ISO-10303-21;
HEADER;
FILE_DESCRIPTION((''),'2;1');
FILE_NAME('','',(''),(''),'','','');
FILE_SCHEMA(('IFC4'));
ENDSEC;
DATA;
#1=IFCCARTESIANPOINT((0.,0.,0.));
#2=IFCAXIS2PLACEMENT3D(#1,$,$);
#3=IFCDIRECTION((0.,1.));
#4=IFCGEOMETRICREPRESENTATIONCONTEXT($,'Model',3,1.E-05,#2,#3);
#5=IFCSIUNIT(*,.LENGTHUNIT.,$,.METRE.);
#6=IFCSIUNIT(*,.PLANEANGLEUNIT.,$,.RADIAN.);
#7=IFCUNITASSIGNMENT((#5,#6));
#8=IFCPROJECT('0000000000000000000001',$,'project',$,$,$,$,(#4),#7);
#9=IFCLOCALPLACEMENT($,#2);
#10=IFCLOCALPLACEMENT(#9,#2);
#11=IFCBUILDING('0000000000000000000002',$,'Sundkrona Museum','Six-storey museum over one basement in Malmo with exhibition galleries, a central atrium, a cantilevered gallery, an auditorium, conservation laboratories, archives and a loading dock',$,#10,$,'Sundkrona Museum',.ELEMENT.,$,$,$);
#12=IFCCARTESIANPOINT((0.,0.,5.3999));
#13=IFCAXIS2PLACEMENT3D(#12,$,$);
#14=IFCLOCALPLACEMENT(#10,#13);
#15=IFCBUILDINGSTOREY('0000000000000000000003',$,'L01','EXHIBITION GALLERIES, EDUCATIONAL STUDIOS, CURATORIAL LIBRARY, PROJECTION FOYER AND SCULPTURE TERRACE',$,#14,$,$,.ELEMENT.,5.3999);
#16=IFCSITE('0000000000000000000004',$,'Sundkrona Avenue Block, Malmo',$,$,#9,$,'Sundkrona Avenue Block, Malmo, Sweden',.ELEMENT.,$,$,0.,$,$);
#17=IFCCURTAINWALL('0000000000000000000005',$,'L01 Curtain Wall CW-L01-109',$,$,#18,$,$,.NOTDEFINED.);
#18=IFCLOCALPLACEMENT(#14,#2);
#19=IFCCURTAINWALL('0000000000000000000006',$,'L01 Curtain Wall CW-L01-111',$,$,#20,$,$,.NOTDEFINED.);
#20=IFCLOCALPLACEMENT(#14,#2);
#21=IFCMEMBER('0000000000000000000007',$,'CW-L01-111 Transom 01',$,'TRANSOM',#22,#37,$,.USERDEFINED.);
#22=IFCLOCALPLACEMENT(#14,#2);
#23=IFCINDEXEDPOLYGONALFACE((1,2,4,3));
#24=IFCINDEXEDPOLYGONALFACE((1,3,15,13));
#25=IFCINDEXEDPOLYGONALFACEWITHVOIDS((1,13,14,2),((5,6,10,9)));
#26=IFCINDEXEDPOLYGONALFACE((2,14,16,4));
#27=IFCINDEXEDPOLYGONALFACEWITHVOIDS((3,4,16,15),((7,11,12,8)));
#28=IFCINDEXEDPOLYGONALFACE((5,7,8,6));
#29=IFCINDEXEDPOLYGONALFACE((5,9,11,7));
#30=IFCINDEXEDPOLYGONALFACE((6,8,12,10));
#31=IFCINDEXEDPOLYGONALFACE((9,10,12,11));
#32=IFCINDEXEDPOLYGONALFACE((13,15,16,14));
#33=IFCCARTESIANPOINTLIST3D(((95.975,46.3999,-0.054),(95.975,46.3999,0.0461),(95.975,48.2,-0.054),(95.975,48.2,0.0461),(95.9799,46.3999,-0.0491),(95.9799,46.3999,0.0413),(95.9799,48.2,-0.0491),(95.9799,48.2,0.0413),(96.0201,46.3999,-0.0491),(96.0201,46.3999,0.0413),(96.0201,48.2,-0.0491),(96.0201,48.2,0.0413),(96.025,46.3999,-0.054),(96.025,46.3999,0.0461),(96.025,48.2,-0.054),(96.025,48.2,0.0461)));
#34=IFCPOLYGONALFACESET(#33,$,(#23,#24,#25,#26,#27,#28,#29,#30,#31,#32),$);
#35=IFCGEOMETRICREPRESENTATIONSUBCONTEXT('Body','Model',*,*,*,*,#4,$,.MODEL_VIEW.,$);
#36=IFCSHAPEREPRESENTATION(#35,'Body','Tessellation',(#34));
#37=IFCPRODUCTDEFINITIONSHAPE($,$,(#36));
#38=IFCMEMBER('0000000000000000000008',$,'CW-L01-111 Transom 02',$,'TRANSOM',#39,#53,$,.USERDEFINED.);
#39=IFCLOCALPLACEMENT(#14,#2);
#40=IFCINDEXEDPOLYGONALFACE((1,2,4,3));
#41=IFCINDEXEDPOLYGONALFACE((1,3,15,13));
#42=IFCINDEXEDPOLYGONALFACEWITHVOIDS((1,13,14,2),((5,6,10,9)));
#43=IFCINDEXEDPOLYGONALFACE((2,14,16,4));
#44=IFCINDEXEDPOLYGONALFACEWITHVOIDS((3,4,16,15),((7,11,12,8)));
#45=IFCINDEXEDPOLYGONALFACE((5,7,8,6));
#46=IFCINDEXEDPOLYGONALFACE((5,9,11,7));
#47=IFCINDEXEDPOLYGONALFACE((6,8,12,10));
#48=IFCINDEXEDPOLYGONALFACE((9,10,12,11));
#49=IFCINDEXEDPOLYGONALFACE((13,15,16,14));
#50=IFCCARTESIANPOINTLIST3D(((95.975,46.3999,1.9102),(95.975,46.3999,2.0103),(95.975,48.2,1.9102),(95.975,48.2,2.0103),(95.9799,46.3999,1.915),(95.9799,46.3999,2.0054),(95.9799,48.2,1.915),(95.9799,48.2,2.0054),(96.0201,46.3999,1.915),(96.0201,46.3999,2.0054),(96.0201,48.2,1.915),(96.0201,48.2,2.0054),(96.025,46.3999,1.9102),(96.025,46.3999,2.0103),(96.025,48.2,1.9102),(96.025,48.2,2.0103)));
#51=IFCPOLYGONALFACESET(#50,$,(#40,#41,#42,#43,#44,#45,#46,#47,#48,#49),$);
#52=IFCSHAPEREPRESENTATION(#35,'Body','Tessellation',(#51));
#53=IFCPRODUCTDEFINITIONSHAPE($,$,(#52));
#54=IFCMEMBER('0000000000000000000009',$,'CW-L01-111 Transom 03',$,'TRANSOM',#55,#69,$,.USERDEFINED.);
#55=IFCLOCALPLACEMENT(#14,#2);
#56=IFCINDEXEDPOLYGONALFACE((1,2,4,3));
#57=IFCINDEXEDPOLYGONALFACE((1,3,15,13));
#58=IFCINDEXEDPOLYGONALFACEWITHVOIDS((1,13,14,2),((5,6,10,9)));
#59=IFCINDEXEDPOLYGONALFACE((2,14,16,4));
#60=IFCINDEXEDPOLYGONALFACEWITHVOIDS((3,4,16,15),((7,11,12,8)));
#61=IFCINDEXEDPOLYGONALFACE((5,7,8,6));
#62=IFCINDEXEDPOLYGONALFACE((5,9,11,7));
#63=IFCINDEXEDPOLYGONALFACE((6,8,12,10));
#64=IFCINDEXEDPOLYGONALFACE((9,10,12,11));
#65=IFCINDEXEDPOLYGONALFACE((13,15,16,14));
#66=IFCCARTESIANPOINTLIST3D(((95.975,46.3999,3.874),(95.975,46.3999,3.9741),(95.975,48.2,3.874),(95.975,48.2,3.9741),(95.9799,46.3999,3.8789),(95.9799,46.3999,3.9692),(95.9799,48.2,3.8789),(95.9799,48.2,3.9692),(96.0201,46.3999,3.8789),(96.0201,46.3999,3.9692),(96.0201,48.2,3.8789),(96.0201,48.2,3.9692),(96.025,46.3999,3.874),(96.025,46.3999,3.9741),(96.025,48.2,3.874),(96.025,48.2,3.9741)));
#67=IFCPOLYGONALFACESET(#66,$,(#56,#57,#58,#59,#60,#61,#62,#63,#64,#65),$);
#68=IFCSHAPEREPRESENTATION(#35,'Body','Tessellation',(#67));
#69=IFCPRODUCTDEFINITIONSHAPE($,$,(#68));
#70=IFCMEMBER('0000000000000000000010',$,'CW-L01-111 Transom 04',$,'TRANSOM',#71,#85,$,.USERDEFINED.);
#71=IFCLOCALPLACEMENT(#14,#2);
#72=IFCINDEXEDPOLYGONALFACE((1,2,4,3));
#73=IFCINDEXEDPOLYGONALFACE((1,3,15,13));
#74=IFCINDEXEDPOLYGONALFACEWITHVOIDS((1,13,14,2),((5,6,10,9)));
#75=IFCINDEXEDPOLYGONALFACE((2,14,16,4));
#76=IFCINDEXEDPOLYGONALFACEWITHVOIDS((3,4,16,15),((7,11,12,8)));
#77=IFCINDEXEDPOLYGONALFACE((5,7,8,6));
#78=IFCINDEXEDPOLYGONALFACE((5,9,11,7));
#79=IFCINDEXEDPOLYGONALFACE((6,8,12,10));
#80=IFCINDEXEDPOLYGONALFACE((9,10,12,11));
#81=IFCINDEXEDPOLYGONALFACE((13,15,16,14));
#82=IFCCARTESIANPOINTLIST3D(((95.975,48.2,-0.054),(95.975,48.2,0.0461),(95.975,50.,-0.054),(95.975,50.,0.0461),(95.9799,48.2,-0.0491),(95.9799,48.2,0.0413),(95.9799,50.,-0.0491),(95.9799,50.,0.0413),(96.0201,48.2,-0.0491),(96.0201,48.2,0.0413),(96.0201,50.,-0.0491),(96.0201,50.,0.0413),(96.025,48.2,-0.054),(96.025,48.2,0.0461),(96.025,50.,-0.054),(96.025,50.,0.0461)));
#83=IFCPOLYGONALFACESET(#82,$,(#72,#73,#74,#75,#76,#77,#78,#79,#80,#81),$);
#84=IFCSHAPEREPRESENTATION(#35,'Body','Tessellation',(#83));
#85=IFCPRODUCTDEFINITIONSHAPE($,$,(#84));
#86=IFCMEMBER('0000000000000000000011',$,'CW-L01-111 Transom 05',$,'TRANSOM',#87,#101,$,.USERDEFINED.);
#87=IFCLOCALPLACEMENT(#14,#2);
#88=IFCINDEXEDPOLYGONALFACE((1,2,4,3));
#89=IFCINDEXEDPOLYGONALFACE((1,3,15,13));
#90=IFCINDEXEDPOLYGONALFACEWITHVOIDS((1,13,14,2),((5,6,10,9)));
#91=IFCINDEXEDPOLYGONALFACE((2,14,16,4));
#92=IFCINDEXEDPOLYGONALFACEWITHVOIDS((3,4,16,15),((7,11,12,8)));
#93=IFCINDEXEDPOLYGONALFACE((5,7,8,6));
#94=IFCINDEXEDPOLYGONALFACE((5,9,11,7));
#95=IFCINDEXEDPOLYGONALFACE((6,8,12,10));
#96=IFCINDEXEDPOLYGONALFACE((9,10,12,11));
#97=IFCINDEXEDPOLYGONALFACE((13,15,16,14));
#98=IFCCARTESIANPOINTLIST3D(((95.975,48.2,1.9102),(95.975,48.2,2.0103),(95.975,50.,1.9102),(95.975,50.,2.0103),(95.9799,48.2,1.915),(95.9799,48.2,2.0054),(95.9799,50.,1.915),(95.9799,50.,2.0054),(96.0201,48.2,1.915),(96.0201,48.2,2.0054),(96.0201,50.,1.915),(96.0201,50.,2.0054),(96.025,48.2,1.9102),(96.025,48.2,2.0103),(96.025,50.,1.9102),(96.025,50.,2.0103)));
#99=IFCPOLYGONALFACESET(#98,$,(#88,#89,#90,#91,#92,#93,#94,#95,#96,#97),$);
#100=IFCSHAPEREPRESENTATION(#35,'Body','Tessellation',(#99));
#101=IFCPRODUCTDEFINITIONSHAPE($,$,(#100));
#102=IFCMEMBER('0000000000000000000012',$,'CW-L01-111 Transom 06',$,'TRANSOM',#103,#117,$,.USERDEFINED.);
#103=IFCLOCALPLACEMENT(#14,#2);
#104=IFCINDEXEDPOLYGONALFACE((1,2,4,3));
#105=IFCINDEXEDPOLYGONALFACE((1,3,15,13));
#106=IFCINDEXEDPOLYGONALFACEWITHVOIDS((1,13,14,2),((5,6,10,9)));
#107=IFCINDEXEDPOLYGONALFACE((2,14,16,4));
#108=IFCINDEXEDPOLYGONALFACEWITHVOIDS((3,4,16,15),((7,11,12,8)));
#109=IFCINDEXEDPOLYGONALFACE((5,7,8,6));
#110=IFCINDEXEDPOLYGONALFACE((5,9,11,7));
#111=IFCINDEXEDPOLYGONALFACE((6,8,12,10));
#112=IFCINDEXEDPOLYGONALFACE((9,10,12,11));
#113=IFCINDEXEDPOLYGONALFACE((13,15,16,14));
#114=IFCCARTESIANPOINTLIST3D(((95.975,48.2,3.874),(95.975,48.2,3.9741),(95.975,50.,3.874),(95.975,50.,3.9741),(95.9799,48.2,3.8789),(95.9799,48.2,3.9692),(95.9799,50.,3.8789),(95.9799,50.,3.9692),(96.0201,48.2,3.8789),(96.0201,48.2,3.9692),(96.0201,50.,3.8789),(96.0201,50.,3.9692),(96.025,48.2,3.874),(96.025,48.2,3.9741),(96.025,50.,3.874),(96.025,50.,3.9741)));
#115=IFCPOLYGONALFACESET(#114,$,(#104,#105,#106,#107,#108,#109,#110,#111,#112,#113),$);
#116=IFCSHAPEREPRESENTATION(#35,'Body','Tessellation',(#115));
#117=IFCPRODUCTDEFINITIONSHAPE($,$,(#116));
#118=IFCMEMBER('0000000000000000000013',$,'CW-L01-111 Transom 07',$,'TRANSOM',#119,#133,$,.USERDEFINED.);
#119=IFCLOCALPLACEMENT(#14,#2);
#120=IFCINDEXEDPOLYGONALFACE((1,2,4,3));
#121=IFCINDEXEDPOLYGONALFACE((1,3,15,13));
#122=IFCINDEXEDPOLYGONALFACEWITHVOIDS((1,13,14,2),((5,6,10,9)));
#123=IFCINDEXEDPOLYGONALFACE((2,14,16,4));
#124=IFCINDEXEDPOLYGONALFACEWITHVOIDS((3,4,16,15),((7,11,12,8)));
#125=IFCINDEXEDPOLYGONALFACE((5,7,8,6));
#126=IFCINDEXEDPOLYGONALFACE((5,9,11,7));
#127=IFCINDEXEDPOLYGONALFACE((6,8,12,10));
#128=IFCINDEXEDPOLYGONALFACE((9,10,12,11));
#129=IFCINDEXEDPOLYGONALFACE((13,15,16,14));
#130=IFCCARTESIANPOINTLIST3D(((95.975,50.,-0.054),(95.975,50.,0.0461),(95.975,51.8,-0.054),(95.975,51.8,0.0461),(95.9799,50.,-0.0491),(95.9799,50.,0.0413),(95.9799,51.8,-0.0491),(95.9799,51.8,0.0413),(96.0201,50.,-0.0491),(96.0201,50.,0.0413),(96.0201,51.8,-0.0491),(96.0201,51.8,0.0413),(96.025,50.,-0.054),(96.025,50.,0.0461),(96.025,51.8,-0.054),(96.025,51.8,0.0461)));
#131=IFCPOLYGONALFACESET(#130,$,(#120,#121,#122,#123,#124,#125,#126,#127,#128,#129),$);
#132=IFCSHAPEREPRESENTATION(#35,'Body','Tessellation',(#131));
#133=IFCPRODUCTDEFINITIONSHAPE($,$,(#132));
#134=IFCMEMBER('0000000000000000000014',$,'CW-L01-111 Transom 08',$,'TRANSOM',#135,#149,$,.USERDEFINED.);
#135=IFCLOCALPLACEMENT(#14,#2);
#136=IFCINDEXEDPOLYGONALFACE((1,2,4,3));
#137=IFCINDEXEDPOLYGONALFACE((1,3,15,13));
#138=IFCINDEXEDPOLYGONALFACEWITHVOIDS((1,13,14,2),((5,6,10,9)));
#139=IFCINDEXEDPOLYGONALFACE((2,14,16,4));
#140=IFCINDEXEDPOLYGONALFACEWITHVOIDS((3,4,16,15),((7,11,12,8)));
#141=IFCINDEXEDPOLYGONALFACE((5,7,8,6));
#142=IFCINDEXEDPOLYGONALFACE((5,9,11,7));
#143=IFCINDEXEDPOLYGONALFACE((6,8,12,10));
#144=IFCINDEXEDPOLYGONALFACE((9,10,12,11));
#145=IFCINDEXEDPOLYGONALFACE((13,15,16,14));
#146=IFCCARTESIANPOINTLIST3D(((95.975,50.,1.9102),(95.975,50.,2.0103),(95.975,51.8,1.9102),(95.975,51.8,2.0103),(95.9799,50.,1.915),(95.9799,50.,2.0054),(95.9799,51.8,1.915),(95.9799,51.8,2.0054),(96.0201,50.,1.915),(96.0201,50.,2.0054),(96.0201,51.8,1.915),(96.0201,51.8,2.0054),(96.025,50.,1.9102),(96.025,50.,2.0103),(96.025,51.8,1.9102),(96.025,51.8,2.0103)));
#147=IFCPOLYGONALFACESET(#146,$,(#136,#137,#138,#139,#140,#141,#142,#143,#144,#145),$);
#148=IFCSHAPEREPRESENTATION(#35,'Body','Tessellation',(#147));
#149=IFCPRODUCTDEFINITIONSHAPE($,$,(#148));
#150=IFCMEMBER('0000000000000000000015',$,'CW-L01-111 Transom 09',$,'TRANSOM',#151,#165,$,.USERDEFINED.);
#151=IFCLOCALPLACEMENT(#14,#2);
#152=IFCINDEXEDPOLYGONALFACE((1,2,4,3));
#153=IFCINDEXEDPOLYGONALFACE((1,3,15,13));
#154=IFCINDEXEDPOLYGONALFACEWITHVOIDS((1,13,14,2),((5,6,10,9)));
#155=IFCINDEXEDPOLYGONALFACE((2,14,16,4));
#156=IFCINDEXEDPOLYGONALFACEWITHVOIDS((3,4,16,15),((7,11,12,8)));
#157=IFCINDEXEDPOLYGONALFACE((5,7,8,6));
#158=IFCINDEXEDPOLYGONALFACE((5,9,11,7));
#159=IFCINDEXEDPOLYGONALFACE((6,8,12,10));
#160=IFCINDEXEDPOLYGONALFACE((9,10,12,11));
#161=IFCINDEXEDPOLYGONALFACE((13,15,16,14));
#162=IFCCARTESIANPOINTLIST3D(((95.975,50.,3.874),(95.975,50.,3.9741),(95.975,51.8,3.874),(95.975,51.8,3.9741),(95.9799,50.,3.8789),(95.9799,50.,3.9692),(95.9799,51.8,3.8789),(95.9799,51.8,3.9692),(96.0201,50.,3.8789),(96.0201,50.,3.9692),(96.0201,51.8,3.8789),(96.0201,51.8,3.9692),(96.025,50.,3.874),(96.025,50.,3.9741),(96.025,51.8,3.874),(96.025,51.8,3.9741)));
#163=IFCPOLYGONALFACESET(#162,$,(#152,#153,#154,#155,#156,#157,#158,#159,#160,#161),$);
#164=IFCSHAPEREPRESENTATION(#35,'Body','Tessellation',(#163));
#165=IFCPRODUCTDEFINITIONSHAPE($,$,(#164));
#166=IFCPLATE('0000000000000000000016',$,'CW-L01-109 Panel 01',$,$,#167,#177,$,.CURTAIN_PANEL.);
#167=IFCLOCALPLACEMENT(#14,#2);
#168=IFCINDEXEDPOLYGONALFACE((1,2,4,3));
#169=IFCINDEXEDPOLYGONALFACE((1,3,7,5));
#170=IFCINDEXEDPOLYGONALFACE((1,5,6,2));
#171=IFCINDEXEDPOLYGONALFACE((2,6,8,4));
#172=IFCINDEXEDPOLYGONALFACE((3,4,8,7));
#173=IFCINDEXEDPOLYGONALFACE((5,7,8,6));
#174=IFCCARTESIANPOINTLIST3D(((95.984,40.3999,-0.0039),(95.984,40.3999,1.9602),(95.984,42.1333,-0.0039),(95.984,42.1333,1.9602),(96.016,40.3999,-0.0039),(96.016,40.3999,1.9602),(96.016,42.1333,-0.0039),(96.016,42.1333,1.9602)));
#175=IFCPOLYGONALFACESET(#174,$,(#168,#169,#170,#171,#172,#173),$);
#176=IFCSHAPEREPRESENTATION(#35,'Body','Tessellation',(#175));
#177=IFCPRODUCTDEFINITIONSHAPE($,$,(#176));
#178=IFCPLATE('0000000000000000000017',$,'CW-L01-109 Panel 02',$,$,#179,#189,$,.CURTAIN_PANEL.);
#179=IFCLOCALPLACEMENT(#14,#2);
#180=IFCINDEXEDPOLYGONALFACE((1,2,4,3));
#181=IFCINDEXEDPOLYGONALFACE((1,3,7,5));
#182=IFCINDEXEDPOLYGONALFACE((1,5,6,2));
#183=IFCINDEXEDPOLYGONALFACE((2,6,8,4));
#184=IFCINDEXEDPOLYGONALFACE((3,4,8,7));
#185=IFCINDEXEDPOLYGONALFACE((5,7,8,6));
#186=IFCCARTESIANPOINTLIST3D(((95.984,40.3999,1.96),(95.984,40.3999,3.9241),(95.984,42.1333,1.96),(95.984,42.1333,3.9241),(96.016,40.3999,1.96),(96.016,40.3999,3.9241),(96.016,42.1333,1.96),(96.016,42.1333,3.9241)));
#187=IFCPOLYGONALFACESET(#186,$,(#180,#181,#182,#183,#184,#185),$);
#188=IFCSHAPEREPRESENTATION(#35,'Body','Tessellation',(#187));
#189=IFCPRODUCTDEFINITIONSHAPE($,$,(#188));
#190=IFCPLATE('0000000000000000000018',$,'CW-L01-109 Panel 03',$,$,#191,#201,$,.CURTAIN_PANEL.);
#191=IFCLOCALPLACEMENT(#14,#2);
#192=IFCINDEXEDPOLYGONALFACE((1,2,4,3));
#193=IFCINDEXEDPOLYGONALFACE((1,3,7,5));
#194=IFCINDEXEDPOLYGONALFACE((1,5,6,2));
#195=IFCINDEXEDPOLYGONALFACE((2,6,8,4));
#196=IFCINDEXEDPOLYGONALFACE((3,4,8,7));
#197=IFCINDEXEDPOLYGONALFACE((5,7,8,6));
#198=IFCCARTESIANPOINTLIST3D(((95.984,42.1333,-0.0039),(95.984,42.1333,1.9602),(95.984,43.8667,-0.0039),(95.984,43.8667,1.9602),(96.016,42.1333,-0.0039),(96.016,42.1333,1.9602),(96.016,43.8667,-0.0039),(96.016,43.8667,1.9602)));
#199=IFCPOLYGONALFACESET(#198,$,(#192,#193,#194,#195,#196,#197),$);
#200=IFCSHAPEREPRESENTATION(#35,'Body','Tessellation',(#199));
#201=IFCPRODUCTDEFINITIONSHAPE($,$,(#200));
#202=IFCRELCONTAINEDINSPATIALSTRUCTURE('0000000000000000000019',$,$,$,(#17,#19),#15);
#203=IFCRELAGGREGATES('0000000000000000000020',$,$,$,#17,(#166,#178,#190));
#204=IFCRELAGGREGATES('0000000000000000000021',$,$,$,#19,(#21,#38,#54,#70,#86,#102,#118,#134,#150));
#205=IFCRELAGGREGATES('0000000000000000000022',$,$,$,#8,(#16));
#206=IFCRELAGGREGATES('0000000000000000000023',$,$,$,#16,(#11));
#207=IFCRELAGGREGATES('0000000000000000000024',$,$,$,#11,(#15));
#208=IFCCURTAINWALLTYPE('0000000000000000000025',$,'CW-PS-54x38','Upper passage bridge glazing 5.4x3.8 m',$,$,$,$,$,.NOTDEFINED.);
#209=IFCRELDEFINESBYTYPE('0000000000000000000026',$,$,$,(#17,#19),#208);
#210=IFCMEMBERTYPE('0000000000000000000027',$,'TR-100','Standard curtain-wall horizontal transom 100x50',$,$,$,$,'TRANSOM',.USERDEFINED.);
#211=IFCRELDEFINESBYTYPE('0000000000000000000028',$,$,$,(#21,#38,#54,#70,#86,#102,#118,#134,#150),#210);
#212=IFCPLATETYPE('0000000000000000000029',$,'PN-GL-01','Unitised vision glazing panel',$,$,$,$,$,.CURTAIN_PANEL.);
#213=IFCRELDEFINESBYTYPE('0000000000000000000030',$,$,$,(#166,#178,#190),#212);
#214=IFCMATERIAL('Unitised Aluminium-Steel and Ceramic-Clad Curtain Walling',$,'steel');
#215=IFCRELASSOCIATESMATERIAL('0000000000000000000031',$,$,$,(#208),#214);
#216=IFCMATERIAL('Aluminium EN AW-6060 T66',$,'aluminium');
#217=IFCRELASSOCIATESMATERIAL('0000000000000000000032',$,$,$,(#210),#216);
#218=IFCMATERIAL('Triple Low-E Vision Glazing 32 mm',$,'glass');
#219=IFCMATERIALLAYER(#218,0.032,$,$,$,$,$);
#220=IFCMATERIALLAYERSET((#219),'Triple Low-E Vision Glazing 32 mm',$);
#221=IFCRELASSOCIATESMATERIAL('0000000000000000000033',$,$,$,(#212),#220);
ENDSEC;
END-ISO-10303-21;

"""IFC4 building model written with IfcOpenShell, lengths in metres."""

from ifc_helpers import new_model, si_unit, direction, frame, origin, origin_2d, place, context, subcontext, project, spatial, rectangle, hollow_rectangle, extrude, material, layer, layer_set, material_profile, profile_set, type_object, element, aggregate, save


model = new_model("IFC4")

# Units and contexts
model_context = context("Model", 3, precision=1e-05, world=origin(), true_north=direction((0.0, 1.0)))
body_context = subcontext(model_context, "Body", "Model", "MODEL_VIEW")
ifc_project = project(units=[si_unit("LENGTHUNIT", "METRE"), si_unit("PLANEANGLEUNIT", "RADIAN")], contexts=[model_context])

# Site, building, storey
site_placement = place(None, origin())
site = spatial("IfcSite", under=ifc_project, at=site_placement, Name="Sundkrona Avenue Block, Malmo", LongName="Sundkrona Avenue Block, Malmo, Sweden", CompositionType="ELEMENT", RefElevation=0.0)
building_placement = place(site_placement, origin())
building = spatial("IfcBuilding", under=site, at=building_placement, Name="Sundkrona Museum", Description="Six-storey museum over one basement in Malmo with exhibition galleries, a central atrium, a cantilevered gallery, an auditorium, conservation laboratories, archives and a loading dock", LongName="Sundkrona Museum", CompositionType="ELEMENT")
storey_placement = place(building_placement, frame((0.0, 0.0, 5.3999)))
storey = spatial("IfcBuildingStorey", under=building, at=storey_placement, Name="L01", Description="EXHIBITION GALLERIES, EDUCATIONAL STUDIOS, CURATORIAL LIBRARY, PROJECTION FOYER AND SCULPTURE TERRACE", CompositionType="ELEMENT", Elevation=5.3999)

# Curtain walls
ifc_material_1 = material(Name="Unitised Aluminium-Steel and Ceramic-Clad Curtain Walling", Category="steel")
curtain_wall_type = type_object("IfcCurtainWallType", Name="CW-PS-54x38", Description="Upper passage bridge glazing 5.4x3.8 m", PredefinedType="NOTDEFINED", material=ifc_material_1)
curtain_wall_1_placement = place(storey_placement, origin())
curtain_wall_1 = element("IfcCurtainWall", 1, at=curtain_wall_1_placement, inside=storey, type_object=curtain_wall_type, Name="L01 Curtain Wall CW-L01-109", PredefinedType="NOTDEFINED")
ifc_material_2 = material(Name="Aluminium EN AW-6060 T66", Category="aluminium")
curtain_wall_2_placement = place(storey_placement, origin())
curtain_wall_2 = element("IfcCurtainWall", 2, at=curtain_wall_2_placement, inside=storey, type_object=curtain_wall_type, Name="L01 Curtain Wall CW-L01-111", PredefinedType="NOTDEFINED")

# Members
ifc_material_profile_1 = material_profile(ifc_material_2, hollow_rectangle(XDim=0.05, YDim=0.1001, WallThickness=0.0049, at=origin_2d()), Name="RHS 100x50x5.0")
ifc_profile_set_1 = profile_set([ifc_material_profile_1], Name="Aluminium EN AW-6060 T66")
member_type_1 = type_object("IfcMemberType", Name="TR-100", Description="Standard curtain-wall horizontal transom 100x50", ElementType="TRANSOM", PredefinedType="USERDEFINED", material=ifc_profile_set_1)
member_1_placement = place(storey_placement, frame((96.0, 46.3999, -0.0039), z_axis=(0.0, 1.0, 0.0), x_axis=(-1.0, 0.0, 0.0)))
member_1 = element("IfcMember", 3, at=member_1_placement, type_object=member_type_1, Name="CW-L01-111 Transom 01", ObjectType="TRANSOM", PredefinedType="USERDEFINED", context=body_context, shape_type="SweptSolid", body=[
    extrude(hollow_rectangle(XDim=0.05, YDim=0.1001, WallThickness=0.0049, at=origin_2d()), origin(), (0.0, 0.0, 1.0), 1.8),
])
member_2_placement = place(storey_placement, frame((96.0, 46.3999, 1.9602), z_axis=(0.0, 1.0, 0.0), x_axis=(-1.0, 0.0, 0.0)))
member_2 = element("IfcMember", 4, at=member_2_placement, type_object=member_type_1, Name="CW-L01-111 Transom 02", ObjectType="TRANSOM", PredefinedType="USERDEFINED", context=body_context, shape_type="SweptSolid", body=[
    extrude(hollow_rectangle(XDim=0.05, YDim=0.1001, WallThickness=0.0049, at=origin_2d()), origin(), (0.0, 0.0, 1.0), 1.8),
])
member_3_placement = place(storey_placement, frame((96.0, 46.3999, 3.9241), z_axis=(0.0, 1.0, 0.0), x_axis=(-1.0, 0.0, 0.0)))
member_3 = element("IfcMember", 5, at=member_3_placement, type_object=member_type_1, Name="CW-L01-111 Transom 03", ObjectType="TRANSOM", PredefinedType="USERDEFINED", context=body_context, shape_type="SweptSolid", body=[
    extrude(hollow_rectangle(XDim=0.05, YDim=0.1001, WallThickness=0.0049, at=origin_2d()), origin(), (0.0, 0.0, 1.0), 1.8),
])
member_4_placement = place(storey_placement, frame((96.0, 48.2, -0.0039), z_axis=(0.0, 1.0, 0.0), x_axis=(-1.0, 0.0, 0.0)))
member_4 = element("IfcMember", 6, at=member_4_placement, type_object=member_type_1, Name="CW-L01-111 Transom 04", ObjectType="TRANSOM", PredefinedType="USERDEFINED", context=body_context, shape_type="SweptSolid", body=[
    extrude(hollow_rectangle(XDim=0.05, YDim=0.1001, WallThickness=0.0049, at=origin_2d()), origin(), (0.0, 0.0, 1.0), 1.8),
])
member_5_placement = place(storey_placement, frame((96.0, 48.2, 1.9602), z_axis=(0.0, 1.0, 0.0), x_axis=(-1.0, 0.0, 0.0)))
member_5 = element("IfcMember", 7, at=member_5_placement, type_object=member_type_1, Name="CW-L01-111 Transom 05", ObjectType="TRANSOM", PredefinedType="USERDEFINED", context=body_context, shape_type="SweptSolid", body=[
    extrude(hollow_rectangle(XDim=0.05, YDim=0.1001, WallThickness=0.0049, at=origin_2d()), origin(), (0.0, 0.0, 1.0), 1.8),
])
member_6_placement = place(storey_placement, frame((96.0, 48.2, 3.9241), z_axis=(0.0, 1.0, 0.0), x_axis=(-1.0, 0.0, 0.0)))
member_6 = element("IfcMember", 8, at=member_6_placement, type_object=member_type_1, Name="CW-L01-111 Transom 06", ObjectType="TRANSOM", PredefinedType="USERDEFINED", context=body_context, shape_type="SweptSolid", body=[
    extrude(hollow_rectangle(XDim=0.05, YDim=0.1001, WallThickness=0.0049, at=origin_2d()), origin(), (0.0, 0.0, 1.0), 1.8),
])
member_7_placement = place(storey_placement, frame((96.0, 50.0, -0.0039), z_axis=(0.0, 1.0, 0.0), x_axis=(-1.0, 0.0, 0.0)))
member_7 = element("IfcMember", 9, at=member_7_placement, type_object=member_type_1, Name="CW-L01-111 Transom 07", ObjectType="TRANSOM", PredefinedType="USERDEFINED", context=body_context, shape_type="SweptSolid", body=[
    extrude(hollow_rectangle(XDim=0.05, YDim=0.1001, WallThickness=0.0049, at=origin_2d()), origin(), (0.0, 0.0, 1.0), 1.8),
])
member_8_placement = place(storey_placement, frame((96.0, 50.0, 1.9602), z_axis=(0.0, 1.0, 0.0), x_axis=(-1.0, 0.0, 0.0)))
member_8 = element("IfcMember", 10, at=member_8_placement, type_object=member_type_1, Name="CW-L01-111 Transom 08", ObjectType="TRANSOM", PredefinedType="USERDEFINED", context=body_context, shape_type="SweptSolid", body=[
    extrude(hollow_rectangle(XDim=0.05, YDim=0.1001, WallThickness=0.0049, at=origin_2d()), origin(), (0.0, 0.0, 1.0), 1.8),
])
member_9_placement = place(storey_placement, frame((96.0, 50.0, 3.9241), z_axis=(0.0, 1.0, 0.0), x_axis=(-1.0, 0.0, 0.0)))
member_9 = element("IfcMember", 11, at=member_9_placement, type_object=member_type_1, Name="CW-L01-111 Transom 09", ObjectType="TRANSOM", PredefinedType="USERDEFINED", context=body_context, shape_type="SweptSolid", body=[
    extrude(hollow_rectangle(XDim=0.05, YDim=0.1001, WallThickness=0.0049, at=origin_2d()), origin(), (0.0, 0.0, 1.0), 1.8),
])

# Plates
ifc_material_3 = material(Name="Triple Low-E Vision Glazing 32 mm", Category="glass")
ifc_layer = layer(ifc_material_3, 0.032)
ifc_layer_set = layer_set([ifc_layer], Name="Triple Low-E Vision Glazing 32 mm")
plate_type = type_object("IfcPlateType", Name="PN-GL-01", Description="Unitised vision glazing panel", PredefinedType="CURTAIN_PANEL", material=ifc_layer_set)
plate_1_placement = place(storey_placement, frame((96.0, 41.2666, -0.0039), z_axis=(0.0, 0.0, 1.0), x_axis=(0.0, 1.0, 0.0)))
plate_1 = element("IfcPlate", 12, at=plate_1_placement, type_object=plate_type, Name="CW-L01-109 Panel 01", PredefinedType="CURTAIN_PANEL", context=body_context, shape_type="SweptSolid", body=[
    extrude(rectangle(XDim=1.7334, YDim=0.032, at=origin_2d()), origin(), (0.0, 0.0, 1.0), 1.9641),
])
plate_2_placement = place(storey_placement, frame((96.0, 41.2666, 1.96), z_axis=(0.0, 0.0, 1.0), x_axis=(0.0, 1.0, 0.0)))
plate_2 = element("IfcPlate", 13, at=plate_2_placement, type_object=plate_type, Name="CW-L01-109 Panel 02", PredefinedType="CURTAIN_PANEL", context=body_context, shape_type="SweptSolid", body=[
    extrude(rectangle(XDim=1.7334, YDim=0.032, at=origin_2d()), origin(), (0.0, 0.0, 1.0), 1.9641),
])
plate_3_placement = place(storey_placement, frame((96.0, 43.0, -0.0039), z_axis=(0.0, 0.0, 1.0), x_axis=(0.0, 1.0, 0.0)))
plate_3 = element("IfcPlate", 14, at=plate_3_placement, type_object=plate_type, Name="CW-L01-109 Panel 03", PredefinedType="CURTAIN_PANEL", context=body_context, shape_type="SweptSolid", body=[
    extrude(rectangle(XDim=1.7334, YDim=0.032, at=origin_2d()), origin(), (0.0, 0.0, 1.0), 1.9641),
])
aggregate(curtain_wall_1, [plate_1, plate_2, plate_3])
aggregate(curtain_wall_2, [member_1, member_2, member_3, member_4, member_5, member_6, member_7, member_8, member_9])

save(model, "model.ifc")
